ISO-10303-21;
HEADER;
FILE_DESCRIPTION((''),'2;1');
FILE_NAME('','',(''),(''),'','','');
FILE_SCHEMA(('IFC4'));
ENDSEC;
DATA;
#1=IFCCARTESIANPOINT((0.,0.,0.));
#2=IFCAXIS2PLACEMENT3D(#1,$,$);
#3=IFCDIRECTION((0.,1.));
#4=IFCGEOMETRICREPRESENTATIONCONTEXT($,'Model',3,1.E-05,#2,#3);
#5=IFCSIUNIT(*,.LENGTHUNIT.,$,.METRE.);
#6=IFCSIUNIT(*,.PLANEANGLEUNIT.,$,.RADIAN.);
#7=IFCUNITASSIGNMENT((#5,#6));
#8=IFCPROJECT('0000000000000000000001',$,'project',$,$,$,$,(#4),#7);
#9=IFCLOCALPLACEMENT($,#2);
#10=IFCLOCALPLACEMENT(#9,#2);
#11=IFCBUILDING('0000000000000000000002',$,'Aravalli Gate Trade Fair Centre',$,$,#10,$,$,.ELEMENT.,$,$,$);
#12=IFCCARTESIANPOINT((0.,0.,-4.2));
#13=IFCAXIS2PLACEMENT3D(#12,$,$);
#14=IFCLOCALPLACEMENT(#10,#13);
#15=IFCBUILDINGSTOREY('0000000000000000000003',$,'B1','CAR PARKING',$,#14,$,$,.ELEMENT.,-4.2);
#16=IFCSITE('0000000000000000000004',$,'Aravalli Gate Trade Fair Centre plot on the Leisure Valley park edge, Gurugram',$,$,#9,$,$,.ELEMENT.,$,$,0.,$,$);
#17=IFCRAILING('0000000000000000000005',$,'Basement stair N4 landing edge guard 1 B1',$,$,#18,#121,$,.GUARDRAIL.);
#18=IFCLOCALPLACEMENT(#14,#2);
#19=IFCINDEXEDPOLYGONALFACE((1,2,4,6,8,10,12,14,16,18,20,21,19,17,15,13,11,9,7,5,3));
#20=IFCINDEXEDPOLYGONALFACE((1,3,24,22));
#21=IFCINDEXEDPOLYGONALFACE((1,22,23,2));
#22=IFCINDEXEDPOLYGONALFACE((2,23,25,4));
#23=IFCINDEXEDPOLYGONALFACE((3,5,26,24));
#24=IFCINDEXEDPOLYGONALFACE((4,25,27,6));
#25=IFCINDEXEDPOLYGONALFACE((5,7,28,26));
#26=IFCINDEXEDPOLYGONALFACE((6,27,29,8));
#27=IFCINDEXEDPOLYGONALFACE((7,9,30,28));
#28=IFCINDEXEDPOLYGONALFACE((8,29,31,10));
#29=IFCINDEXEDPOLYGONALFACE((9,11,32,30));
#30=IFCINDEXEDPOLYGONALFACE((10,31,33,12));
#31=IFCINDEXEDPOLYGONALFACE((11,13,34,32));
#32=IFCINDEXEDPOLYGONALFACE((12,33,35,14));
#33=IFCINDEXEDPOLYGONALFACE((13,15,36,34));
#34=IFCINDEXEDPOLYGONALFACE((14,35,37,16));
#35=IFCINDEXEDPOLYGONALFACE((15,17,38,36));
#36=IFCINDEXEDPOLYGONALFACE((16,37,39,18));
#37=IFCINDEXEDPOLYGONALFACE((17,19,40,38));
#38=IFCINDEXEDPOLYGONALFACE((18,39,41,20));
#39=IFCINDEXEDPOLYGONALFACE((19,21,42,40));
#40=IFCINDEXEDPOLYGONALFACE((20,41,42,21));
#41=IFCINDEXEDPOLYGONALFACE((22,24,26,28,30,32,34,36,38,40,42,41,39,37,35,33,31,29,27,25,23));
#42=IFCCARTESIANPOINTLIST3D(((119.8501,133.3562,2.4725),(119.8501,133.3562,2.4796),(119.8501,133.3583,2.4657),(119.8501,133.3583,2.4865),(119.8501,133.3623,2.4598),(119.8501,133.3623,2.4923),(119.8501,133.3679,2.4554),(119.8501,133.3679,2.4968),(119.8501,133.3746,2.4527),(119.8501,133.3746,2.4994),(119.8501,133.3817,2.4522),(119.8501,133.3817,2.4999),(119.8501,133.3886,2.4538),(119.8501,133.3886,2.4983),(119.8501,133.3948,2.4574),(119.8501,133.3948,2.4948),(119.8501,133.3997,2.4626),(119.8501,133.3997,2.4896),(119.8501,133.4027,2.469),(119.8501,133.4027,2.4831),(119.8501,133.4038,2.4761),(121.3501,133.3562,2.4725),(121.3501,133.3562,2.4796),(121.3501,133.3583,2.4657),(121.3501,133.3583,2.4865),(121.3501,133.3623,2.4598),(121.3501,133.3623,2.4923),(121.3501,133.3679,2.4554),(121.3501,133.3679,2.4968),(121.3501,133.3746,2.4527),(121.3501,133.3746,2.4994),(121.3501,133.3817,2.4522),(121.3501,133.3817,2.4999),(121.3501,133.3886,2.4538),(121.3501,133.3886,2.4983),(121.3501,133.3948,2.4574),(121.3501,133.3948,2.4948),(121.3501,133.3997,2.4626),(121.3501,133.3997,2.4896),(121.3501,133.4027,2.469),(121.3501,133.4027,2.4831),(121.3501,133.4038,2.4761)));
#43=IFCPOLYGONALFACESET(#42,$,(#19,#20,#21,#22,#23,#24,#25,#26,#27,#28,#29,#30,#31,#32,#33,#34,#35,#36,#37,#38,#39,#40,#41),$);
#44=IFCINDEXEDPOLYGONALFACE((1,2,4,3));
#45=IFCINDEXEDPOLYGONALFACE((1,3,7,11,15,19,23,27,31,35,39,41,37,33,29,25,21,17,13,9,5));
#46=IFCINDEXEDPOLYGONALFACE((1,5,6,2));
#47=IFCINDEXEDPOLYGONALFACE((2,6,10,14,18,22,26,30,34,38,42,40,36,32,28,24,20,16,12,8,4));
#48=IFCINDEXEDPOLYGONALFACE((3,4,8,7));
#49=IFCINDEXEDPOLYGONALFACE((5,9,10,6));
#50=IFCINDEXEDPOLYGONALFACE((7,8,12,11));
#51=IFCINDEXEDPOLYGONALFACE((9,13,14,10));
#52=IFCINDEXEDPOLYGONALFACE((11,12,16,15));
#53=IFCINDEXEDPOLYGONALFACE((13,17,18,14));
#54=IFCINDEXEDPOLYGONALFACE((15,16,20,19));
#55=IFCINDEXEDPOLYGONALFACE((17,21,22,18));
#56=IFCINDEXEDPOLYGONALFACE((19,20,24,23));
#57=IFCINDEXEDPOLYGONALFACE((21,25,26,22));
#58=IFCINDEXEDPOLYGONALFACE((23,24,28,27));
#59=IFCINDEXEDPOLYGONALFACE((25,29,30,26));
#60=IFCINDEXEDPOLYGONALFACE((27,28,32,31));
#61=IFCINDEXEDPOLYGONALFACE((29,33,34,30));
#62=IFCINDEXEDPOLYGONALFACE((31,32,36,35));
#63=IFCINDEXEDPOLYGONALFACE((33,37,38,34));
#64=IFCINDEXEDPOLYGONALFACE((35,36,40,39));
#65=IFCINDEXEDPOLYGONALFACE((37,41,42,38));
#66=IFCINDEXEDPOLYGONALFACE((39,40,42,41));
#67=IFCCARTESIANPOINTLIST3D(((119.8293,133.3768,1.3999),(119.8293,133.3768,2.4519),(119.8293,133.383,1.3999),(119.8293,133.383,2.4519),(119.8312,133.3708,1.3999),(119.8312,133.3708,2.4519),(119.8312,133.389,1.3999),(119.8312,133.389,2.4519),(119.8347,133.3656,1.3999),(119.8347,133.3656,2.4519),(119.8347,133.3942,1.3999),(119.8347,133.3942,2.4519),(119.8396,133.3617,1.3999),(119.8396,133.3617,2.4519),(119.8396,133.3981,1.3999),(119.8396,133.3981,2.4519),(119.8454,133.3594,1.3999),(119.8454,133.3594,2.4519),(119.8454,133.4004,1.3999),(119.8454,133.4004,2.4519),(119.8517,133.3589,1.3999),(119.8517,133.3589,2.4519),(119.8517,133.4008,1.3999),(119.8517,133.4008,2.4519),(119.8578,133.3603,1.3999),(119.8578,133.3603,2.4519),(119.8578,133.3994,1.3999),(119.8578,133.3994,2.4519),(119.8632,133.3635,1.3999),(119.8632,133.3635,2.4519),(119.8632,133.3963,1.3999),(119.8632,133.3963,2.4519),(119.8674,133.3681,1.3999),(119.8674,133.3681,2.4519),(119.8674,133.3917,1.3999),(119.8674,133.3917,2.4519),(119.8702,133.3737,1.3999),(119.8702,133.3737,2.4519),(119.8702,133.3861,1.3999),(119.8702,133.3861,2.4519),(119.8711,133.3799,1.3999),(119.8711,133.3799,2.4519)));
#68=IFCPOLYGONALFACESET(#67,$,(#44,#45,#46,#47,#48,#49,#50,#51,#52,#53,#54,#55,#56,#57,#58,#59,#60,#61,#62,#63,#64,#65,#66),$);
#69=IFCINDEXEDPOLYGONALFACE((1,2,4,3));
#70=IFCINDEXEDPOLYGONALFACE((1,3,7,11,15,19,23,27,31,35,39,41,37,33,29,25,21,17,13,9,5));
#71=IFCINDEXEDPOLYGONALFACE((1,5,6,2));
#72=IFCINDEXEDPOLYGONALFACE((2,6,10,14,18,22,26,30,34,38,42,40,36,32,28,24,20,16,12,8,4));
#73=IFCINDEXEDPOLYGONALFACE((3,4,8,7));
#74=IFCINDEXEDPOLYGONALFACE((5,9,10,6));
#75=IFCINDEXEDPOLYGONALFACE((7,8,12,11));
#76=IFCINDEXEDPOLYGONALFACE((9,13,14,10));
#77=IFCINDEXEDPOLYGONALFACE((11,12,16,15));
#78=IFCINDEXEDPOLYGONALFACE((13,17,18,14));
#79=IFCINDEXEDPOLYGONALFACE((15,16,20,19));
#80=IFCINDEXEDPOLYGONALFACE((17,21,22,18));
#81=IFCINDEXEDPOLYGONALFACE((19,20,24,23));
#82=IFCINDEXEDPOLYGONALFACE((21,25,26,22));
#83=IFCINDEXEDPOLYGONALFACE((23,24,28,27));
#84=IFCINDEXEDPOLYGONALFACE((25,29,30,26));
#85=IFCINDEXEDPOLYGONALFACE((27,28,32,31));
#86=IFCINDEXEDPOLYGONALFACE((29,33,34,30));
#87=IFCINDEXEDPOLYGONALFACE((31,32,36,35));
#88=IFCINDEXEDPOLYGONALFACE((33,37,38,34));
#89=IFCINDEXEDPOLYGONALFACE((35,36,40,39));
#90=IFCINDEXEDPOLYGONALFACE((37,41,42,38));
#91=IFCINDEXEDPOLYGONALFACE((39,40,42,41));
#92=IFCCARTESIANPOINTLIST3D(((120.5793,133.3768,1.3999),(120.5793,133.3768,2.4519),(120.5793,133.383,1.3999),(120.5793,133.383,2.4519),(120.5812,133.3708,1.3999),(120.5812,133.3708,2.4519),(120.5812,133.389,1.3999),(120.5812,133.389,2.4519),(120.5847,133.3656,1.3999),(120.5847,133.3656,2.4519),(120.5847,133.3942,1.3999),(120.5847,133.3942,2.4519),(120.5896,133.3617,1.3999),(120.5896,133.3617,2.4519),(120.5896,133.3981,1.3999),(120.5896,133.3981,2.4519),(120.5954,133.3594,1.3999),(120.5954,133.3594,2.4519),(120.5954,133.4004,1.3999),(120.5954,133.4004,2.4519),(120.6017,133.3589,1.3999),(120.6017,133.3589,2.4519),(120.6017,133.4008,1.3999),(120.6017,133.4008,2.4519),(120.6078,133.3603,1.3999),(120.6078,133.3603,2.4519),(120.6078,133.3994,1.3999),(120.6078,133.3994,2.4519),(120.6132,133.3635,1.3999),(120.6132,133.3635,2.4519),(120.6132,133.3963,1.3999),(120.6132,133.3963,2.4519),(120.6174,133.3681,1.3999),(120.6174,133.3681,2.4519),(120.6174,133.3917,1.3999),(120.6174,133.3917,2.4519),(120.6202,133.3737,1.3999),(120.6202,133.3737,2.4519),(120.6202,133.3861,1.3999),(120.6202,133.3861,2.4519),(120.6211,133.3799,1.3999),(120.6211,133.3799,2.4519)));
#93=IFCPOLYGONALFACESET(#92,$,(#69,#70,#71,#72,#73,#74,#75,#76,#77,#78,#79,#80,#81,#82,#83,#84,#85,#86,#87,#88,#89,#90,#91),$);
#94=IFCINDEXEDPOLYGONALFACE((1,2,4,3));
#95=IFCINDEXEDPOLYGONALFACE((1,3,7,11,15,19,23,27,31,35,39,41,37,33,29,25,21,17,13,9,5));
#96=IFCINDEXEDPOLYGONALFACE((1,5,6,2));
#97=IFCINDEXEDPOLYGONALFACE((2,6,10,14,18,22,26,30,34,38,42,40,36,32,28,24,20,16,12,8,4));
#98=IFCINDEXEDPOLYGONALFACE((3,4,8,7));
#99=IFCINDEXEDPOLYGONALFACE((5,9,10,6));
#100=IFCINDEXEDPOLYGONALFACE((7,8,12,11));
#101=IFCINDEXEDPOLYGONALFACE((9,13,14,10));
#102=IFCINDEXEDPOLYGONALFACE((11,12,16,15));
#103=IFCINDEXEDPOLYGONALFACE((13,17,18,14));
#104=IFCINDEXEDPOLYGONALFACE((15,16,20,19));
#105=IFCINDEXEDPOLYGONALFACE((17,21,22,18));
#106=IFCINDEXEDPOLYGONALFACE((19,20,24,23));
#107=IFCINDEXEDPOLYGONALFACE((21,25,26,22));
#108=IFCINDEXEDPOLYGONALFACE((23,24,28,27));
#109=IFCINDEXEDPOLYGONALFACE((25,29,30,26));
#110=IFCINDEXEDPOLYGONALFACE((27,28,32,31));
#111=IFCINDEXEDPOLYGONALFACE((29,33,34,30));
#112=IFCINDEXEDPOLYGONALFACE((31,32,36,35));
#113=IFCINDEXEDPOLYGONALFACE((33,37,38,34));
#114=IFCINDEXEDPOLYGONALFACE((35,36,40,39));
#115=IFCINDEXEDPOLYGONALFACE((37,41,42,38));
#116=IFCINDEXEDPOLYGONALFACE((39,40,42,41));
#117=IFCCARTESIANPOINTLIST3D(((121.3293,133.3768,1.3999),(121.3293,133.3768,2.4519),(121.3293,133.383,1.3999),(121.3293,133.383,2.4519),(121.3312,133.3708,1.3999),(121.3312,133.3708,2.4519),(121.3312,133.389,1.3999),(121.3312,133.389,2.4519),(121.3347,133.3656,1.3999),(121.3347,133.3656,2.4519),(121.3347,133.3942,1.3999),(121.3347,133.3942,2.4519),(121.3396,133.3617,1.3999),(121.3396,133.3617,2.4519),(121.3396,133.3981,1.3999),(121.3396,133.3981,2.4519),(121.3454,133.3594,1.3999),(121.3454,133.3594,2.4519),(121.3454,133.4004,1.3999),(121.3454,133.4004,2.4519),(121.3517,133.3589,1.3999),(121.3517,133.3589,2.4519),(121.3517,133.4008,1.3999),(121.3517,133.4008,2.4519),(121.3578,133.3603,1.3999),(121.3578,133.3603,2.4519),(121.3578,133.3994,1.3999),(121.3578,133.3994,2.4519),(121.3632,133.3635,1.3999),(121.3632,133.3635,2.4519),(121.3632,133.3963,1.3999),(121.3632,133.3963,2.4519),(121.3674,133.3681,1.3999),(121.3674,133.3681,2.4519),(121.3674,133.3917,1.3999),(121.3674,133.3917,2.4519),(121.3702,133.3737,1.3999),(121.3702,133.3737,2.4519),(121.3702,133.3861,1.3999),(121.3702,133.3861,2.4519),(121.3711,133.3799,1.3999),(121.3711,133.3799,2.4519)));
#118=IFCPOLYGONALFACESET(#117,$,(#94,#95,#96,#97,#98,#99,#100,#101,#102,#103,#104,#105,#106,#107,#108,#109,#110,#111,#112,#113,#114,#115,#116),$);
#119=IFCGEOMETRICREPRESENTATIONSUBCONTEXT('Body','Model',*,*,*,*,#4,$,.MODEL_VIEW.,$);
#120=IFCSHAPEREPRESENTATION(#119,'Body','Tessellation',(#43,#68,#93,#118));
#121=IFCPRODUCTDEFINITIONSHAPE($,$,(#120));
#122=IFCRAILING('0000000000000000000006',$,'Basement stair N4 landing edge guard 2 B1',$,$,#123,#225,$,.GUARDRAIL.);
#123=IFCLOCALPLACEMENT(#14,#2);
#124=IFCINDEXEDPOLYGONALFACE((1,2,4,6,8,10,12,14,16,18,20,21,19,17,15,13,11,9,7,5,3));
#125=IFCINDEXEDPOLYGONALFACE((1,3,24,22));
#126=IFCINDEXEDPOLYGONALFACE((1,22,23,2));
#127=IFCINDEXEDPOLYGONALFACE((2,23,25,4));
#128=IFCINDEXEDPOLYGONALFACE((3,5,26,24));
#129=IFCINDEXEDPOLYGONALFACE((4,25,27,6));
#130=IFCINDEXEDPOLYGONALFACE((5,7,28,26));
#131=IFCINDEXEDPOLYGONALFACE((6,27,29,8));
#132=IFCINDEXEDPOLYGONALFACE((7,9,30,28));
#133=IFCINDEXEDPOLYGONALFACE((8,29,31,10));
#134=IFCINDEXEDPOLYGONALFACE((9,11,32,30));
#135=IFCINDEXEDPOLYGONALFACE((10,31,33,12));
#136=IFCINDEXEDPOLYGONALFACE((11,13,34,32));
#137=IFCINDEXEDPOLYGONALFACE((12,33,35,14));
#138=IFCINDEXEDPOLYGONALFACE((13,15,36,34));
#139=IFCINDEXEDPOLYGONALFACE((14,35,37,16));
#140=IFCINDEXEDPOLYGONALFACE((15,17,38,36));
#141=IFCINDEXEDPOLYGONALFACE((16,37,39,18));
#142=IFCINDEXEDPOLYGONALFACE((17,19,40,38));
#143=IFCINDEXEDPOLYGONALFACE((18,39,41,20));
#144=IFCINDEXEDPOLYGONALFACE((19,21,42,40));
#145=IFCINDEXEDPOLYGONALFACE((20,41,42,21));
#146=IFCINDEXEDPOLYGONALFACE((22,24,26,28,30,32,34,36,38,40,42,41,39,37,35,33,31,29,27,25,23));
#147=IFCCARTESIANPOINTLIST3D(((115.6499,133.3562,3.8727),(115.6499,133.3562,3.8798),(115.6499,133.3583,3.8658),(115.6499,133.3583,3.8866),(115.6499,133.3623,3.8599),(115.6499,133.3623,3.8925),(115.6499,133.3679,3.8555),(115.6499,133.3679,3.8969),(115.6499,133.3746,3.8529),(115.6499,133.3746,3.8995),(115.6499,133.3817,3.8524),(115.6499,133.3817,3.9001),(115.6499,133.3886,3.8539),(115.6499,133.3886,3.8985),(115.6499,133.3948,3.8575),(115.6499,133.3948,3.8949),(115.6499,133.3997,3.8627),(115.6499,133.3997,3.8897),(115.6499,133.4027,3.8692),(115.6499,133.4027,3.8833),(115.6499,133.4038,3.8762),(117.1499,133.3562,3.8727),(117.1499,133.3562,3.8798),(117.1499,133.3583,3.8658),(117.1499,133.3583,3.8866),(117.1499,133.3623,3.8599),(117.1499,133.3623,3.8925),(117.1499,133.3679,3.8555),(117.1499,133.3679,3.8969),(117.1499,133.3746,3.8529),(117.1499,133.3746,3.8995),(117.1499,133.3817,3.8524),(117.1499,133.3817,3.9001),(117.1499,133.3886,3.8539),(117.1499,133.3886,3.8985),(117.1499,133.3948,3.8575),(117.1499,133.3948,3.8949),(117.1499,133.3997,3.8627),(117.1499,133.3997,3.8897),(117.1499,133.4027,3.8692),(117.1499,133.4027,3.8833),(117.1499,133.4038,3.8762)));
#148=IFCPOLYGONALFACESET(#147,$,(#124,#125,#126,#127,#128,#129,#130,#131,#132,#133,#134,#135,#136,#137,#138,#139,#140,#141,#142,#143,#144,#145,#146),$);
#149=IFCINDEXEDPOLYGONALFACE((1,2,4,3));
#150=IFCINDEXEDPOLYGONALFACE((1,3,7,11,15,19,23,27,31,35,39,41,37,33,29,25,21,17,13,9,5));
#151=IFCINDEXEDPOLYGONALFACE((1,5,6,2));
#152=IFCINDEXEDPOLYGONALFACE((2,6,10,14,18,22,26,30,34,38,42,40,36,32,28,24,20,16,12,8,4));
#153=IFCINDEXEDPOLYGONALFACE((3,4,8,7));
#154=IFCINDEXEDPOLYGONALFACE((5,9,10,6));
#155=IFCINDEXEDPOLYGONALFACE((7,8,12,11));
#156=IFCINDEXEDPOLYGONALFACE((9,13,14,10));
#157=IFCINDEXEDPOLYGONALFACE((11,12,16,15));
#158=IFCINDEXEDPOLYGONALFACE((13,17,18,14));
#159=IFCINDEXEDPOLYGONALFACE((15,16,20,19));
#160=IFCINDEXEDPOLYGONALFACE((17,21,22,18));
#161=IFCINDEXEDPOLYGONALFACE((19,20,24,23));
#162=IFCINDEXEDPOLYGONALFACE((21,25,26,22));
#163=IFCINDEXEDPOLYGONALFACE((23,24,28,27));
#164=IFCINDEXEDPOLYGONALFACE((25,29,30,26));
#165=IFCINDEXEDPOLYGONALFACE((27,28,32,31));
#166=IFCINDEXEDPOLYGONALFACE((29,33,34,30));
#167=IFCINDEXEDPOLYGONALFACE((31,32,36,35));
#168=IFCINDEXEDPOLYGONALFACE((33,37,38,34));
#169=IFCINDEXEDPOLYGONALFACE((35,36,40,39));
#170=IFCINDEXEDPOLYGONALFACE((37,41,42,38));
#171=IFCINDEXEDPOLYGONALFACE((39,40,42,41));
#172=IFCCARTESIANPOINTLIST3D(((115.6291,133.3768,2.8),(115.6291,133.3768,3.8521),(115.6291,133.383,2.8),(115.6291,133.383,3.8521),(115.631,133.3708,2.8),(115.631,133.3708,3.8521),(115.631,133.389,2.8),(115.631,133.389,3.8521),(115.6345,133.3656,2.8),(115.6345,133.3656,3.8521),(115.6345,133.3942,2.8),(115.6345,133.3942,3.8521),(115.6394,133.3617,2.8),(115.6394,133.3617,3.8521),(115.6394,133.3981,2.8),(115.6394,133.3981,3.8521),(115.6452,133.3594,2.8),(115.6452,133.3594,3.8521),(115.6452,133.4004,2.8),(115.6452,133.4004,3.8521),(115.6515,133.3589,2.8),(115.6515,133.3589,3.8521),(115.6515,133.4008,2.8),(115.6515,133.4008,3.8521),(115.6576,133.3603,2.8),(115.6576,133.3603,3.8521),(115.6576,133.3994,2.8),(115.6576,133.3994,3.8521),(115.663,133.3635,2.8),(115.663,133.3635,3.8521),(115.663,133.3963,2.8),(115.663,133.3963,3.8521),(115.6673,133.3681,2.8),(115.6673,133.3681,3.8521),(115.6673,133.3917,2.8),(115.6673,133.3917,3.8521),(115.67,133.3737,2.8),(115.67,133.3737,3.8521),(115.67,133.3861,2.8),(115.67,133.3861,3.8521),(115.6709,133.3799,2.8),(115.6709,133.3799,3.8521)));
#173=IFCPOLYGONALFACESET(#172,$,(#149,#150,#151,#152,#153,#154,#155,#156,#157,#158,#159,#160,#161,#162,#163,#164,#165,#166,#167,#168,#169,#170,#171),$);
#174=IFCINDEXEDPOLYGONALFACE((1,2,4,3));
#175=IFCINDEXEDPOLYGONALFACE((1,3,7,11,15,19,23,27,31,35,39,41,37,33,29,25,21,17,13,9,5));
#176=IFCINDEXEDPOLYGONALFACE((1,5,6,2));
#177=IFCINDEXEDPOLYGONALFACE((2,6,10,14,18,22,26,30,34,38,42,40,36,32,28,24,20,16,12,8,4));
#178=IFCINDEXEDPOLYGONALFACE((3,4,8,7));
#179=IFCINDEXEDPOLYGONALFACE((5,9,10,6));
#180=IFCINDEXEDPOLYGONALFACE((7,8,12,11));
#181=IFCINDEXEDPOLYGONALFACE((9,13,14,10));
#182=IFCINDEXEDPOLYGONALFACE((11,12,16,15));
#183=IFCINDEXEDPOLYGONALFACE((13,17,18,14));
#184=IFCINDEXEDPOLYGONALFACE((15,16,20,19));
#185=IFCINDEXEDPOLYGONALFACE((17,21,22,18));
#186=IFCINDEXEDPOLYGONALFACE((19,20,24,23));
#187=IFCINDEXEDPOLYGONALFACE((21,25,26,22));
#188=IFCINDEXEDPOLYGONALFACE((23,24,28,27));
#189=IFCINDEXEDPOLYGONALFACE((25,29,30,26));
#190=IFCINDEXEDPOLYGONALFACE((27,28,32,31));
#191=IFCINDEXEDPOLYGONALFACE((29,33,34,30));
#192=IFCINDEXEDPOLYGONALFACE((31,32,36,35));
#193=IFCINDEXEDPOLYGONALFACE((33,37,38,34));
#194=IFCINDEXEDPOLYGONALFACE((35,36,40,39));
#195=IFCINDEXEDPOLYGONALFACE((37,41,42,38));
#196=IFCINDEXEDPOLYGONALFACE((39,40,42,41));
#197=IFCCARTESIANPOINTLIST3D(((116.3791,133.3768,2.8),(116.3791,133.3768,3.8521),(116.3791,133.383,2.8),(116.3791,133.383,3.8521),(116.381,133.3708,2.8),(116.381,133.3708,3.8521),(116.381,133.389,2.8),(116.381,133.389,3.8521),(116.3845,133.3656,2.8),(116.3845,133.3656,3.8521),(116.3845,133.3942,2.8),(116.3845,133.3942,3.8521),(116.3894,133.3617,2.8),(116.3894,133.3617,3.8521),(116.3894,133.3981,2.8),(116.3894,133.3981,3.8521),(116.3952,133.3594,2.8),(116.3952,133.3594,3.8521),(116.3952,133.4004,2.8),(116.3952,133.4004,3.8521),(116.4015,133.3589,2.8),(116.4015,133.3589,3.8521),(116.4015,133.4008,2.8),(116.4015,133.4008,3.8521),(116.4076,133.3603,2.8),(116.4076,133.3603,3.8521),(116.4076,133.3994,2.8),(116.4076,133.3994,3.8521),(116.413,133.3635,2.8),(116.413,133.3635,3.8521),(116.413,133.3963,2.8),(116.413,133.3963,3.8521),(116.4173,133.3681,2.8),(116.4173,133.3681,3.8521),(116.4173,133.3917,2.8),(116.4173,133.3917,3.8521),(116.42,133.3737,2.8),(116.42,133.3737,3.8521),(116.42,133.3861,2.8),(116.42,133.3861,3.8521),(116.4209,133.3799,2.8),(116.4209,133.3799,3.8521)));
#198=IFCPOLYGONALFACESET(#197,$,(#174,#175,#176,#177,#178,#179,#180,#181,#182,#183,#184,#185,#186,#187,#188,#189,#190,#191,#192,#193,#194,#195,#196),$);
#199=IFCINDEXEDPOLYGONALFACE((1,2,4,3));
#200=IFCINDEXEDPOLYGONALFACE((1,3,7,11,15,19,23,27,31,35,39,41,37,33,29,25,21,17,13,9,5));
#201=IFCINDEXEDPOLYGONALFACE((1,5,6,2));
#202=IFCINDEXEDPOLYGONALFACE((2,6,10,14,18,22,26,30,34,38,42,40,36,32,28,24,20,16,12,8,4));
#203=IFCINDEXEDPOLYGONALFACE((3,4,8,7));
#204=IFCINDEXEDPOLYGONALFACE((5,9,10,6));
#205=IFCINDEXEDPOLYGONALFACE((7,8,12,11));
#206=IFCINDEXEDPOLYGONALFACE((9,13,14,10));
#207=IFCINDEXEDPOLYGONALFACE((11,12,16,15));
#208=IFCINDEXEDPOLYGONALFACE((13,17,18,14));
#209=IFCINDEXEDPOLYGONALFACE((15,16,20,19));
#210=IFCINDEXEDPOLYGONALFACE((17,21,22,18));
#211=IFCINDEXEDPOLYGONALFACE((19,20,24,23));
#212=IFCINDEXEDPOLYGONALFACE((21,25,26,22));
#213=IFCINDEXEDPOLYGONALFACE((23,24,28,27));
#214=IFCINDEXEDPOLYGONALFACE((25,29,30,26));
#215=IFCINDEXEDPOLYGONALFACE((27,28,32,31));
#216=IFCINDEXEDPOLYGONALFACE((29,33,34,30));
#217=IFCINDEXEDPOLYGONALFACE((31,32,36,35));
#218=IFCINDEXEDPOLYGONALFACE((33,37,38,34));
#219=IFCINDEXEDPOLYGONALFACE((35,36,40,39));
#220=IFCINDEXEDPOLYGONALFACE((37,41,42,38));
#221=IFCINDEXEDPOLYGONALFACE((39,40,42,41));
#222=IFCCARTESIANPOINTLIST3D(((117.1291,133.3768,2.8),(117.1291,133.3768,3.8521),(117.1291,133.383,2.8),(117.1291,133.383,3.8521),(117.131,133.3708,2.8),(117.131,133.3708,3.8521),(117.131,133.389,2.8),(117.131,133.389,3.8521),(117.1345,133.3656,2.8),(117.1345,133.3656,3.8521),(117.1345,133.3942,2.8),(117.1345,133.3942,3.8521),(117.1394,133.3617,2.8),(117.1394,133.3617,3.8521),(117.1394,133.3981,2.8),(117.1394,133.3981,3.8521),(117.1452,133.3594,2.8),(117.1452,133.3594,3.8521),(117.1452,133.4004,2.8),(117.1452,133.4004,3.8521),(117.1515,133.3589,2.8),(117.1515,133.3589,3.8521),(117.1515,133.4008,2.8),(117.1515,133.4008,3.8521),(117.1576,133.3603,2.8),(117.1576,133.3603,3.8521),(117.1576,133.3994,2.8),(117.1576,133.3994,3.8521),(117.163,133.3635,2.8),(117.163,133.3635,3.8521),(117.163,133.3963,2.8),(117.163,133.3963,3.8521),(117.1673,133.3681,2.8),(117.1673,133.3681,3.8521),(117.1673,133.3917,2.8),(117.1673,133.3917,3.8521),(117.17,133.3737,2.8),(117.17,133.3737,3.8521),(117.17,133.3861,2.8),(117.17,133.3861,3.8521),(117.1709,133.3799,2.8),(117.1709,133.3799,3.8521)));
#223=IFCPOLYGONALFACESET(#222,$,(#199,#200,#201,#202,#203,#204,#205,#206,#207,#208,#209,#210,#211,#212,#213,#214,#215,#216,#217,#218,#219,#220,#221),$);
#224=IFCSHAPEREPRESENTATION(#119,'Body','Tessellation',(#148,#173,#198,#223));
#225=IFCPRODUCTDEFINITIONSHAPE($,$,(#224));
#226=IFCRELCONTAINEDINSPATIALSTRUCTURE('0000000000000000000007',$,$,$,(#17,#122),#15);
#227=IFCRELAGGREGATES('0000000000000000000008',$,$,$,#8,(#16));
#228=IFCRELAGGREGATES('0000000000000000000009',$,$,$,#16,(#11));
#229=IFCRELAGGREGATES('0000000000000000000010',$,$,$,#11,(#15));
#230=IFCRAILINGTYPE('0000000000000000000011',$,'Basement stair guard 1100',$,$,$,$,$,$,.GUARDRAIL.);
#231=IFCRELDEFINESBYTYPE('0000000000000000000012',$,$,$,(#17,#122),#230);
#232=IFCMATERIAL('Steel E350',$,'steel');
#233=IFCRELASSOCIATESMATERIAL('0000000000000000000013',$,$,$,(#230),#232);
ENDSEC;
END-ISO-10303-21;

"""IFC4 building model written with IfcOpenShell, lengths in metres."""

from ifc_helpers import new_model, si_unit, direction, frame, origin, origin_2d, place, context, subcontext, project, spatial, circle, extrude, material, type_object, element, save


model = new_model("IFC4")

# Units and contexts
model_context = context("Model", 3, precision=1e-05, world=origin(), true_north=direction((0.0, 1.0)))
body_context = subcontext(model_context, "Body", "Model", "MODEL_VIEW")
ifc_project = project(units=[si_unit("LENGTHUNIT", "METRE"), si_unit("PLANEANGLEUNIT", "RADIAN")], contexts=[model_context])

# Site, building, storey
site_placement = place(None, origin())
site = spatial("IfcSite", under=ifc_project, at=site_placement, Name="Aravalli Gate Trade Fair Centre plot on the Leisure Valley park edge, Gurugram", CompositionType="ELEMENT", RefElevation=0.0)
building_placement = place(site_placement, origin())
building = spatial("IfcBuilding", under=site, at=building_placement, Name="Aravalli Gate Trade Fair Centre", CompositionType="ELEMENT")
storey_placement = place(building_placement, frame((0.0, 0.0, -4.2)))
storey = spatial("IfcBuildingStorey", under=building, at=storey_placement, Name="B1", Description="CAR PARKING", CompositionType="ELEMENT", Elevation=-4.2)

# Railings
ifc_material_1 = material(Name="Steel E350", Category="steel")
railing_type_1 = type_object("IfcRailingType", Name="Basement stair guard 1100", PredefinedType="GUARDRAIL", material=ifc_material_1)
for number, where, name in (
    (1, (119.8501, 133.3799, 1.3999), "Basement stair N4 landing edge guard 1 B1"),
    (2, (115.6499, 133.3799, 2.8), "Basement stair N4 landing edge guard 2 B1"),
):
    element("IfcRailing", number, at=place(storey_placement, frame(where)), inside=storey, type_object=railing_type_1, Name=name, PredefinedType="GUARDRAIL", context=body_context, shape_type="SweptSolid", body=[
        extrude(circle(Radius=0.0239, at=origin_2d()), frame((0.0, 0.0, 1.0762), z_axis=(1.0, 0.0, 0.0), x_axis=(0.0, 1.0, 0.0)), (0.0, 0.0, 1.0), 1.5),
        extrude(circle(Radius=0.021, at=origin_2d()), origin(), (0.0, 0.0, 1.0), 1.052),
        extrude(circle(Radius=0.021, at=origin_2d()), frame((0.75, 0.0, 0.0)), (0.0, 0.0, 1.0), 1.052),
        extrude(circle(Radius=0.021, at=origin_2d()), frame((1.5, 0.0, 0.0)), (0.0, 0.0, 1.0), 1.052),
    ])

save(model, "model.ifc")
